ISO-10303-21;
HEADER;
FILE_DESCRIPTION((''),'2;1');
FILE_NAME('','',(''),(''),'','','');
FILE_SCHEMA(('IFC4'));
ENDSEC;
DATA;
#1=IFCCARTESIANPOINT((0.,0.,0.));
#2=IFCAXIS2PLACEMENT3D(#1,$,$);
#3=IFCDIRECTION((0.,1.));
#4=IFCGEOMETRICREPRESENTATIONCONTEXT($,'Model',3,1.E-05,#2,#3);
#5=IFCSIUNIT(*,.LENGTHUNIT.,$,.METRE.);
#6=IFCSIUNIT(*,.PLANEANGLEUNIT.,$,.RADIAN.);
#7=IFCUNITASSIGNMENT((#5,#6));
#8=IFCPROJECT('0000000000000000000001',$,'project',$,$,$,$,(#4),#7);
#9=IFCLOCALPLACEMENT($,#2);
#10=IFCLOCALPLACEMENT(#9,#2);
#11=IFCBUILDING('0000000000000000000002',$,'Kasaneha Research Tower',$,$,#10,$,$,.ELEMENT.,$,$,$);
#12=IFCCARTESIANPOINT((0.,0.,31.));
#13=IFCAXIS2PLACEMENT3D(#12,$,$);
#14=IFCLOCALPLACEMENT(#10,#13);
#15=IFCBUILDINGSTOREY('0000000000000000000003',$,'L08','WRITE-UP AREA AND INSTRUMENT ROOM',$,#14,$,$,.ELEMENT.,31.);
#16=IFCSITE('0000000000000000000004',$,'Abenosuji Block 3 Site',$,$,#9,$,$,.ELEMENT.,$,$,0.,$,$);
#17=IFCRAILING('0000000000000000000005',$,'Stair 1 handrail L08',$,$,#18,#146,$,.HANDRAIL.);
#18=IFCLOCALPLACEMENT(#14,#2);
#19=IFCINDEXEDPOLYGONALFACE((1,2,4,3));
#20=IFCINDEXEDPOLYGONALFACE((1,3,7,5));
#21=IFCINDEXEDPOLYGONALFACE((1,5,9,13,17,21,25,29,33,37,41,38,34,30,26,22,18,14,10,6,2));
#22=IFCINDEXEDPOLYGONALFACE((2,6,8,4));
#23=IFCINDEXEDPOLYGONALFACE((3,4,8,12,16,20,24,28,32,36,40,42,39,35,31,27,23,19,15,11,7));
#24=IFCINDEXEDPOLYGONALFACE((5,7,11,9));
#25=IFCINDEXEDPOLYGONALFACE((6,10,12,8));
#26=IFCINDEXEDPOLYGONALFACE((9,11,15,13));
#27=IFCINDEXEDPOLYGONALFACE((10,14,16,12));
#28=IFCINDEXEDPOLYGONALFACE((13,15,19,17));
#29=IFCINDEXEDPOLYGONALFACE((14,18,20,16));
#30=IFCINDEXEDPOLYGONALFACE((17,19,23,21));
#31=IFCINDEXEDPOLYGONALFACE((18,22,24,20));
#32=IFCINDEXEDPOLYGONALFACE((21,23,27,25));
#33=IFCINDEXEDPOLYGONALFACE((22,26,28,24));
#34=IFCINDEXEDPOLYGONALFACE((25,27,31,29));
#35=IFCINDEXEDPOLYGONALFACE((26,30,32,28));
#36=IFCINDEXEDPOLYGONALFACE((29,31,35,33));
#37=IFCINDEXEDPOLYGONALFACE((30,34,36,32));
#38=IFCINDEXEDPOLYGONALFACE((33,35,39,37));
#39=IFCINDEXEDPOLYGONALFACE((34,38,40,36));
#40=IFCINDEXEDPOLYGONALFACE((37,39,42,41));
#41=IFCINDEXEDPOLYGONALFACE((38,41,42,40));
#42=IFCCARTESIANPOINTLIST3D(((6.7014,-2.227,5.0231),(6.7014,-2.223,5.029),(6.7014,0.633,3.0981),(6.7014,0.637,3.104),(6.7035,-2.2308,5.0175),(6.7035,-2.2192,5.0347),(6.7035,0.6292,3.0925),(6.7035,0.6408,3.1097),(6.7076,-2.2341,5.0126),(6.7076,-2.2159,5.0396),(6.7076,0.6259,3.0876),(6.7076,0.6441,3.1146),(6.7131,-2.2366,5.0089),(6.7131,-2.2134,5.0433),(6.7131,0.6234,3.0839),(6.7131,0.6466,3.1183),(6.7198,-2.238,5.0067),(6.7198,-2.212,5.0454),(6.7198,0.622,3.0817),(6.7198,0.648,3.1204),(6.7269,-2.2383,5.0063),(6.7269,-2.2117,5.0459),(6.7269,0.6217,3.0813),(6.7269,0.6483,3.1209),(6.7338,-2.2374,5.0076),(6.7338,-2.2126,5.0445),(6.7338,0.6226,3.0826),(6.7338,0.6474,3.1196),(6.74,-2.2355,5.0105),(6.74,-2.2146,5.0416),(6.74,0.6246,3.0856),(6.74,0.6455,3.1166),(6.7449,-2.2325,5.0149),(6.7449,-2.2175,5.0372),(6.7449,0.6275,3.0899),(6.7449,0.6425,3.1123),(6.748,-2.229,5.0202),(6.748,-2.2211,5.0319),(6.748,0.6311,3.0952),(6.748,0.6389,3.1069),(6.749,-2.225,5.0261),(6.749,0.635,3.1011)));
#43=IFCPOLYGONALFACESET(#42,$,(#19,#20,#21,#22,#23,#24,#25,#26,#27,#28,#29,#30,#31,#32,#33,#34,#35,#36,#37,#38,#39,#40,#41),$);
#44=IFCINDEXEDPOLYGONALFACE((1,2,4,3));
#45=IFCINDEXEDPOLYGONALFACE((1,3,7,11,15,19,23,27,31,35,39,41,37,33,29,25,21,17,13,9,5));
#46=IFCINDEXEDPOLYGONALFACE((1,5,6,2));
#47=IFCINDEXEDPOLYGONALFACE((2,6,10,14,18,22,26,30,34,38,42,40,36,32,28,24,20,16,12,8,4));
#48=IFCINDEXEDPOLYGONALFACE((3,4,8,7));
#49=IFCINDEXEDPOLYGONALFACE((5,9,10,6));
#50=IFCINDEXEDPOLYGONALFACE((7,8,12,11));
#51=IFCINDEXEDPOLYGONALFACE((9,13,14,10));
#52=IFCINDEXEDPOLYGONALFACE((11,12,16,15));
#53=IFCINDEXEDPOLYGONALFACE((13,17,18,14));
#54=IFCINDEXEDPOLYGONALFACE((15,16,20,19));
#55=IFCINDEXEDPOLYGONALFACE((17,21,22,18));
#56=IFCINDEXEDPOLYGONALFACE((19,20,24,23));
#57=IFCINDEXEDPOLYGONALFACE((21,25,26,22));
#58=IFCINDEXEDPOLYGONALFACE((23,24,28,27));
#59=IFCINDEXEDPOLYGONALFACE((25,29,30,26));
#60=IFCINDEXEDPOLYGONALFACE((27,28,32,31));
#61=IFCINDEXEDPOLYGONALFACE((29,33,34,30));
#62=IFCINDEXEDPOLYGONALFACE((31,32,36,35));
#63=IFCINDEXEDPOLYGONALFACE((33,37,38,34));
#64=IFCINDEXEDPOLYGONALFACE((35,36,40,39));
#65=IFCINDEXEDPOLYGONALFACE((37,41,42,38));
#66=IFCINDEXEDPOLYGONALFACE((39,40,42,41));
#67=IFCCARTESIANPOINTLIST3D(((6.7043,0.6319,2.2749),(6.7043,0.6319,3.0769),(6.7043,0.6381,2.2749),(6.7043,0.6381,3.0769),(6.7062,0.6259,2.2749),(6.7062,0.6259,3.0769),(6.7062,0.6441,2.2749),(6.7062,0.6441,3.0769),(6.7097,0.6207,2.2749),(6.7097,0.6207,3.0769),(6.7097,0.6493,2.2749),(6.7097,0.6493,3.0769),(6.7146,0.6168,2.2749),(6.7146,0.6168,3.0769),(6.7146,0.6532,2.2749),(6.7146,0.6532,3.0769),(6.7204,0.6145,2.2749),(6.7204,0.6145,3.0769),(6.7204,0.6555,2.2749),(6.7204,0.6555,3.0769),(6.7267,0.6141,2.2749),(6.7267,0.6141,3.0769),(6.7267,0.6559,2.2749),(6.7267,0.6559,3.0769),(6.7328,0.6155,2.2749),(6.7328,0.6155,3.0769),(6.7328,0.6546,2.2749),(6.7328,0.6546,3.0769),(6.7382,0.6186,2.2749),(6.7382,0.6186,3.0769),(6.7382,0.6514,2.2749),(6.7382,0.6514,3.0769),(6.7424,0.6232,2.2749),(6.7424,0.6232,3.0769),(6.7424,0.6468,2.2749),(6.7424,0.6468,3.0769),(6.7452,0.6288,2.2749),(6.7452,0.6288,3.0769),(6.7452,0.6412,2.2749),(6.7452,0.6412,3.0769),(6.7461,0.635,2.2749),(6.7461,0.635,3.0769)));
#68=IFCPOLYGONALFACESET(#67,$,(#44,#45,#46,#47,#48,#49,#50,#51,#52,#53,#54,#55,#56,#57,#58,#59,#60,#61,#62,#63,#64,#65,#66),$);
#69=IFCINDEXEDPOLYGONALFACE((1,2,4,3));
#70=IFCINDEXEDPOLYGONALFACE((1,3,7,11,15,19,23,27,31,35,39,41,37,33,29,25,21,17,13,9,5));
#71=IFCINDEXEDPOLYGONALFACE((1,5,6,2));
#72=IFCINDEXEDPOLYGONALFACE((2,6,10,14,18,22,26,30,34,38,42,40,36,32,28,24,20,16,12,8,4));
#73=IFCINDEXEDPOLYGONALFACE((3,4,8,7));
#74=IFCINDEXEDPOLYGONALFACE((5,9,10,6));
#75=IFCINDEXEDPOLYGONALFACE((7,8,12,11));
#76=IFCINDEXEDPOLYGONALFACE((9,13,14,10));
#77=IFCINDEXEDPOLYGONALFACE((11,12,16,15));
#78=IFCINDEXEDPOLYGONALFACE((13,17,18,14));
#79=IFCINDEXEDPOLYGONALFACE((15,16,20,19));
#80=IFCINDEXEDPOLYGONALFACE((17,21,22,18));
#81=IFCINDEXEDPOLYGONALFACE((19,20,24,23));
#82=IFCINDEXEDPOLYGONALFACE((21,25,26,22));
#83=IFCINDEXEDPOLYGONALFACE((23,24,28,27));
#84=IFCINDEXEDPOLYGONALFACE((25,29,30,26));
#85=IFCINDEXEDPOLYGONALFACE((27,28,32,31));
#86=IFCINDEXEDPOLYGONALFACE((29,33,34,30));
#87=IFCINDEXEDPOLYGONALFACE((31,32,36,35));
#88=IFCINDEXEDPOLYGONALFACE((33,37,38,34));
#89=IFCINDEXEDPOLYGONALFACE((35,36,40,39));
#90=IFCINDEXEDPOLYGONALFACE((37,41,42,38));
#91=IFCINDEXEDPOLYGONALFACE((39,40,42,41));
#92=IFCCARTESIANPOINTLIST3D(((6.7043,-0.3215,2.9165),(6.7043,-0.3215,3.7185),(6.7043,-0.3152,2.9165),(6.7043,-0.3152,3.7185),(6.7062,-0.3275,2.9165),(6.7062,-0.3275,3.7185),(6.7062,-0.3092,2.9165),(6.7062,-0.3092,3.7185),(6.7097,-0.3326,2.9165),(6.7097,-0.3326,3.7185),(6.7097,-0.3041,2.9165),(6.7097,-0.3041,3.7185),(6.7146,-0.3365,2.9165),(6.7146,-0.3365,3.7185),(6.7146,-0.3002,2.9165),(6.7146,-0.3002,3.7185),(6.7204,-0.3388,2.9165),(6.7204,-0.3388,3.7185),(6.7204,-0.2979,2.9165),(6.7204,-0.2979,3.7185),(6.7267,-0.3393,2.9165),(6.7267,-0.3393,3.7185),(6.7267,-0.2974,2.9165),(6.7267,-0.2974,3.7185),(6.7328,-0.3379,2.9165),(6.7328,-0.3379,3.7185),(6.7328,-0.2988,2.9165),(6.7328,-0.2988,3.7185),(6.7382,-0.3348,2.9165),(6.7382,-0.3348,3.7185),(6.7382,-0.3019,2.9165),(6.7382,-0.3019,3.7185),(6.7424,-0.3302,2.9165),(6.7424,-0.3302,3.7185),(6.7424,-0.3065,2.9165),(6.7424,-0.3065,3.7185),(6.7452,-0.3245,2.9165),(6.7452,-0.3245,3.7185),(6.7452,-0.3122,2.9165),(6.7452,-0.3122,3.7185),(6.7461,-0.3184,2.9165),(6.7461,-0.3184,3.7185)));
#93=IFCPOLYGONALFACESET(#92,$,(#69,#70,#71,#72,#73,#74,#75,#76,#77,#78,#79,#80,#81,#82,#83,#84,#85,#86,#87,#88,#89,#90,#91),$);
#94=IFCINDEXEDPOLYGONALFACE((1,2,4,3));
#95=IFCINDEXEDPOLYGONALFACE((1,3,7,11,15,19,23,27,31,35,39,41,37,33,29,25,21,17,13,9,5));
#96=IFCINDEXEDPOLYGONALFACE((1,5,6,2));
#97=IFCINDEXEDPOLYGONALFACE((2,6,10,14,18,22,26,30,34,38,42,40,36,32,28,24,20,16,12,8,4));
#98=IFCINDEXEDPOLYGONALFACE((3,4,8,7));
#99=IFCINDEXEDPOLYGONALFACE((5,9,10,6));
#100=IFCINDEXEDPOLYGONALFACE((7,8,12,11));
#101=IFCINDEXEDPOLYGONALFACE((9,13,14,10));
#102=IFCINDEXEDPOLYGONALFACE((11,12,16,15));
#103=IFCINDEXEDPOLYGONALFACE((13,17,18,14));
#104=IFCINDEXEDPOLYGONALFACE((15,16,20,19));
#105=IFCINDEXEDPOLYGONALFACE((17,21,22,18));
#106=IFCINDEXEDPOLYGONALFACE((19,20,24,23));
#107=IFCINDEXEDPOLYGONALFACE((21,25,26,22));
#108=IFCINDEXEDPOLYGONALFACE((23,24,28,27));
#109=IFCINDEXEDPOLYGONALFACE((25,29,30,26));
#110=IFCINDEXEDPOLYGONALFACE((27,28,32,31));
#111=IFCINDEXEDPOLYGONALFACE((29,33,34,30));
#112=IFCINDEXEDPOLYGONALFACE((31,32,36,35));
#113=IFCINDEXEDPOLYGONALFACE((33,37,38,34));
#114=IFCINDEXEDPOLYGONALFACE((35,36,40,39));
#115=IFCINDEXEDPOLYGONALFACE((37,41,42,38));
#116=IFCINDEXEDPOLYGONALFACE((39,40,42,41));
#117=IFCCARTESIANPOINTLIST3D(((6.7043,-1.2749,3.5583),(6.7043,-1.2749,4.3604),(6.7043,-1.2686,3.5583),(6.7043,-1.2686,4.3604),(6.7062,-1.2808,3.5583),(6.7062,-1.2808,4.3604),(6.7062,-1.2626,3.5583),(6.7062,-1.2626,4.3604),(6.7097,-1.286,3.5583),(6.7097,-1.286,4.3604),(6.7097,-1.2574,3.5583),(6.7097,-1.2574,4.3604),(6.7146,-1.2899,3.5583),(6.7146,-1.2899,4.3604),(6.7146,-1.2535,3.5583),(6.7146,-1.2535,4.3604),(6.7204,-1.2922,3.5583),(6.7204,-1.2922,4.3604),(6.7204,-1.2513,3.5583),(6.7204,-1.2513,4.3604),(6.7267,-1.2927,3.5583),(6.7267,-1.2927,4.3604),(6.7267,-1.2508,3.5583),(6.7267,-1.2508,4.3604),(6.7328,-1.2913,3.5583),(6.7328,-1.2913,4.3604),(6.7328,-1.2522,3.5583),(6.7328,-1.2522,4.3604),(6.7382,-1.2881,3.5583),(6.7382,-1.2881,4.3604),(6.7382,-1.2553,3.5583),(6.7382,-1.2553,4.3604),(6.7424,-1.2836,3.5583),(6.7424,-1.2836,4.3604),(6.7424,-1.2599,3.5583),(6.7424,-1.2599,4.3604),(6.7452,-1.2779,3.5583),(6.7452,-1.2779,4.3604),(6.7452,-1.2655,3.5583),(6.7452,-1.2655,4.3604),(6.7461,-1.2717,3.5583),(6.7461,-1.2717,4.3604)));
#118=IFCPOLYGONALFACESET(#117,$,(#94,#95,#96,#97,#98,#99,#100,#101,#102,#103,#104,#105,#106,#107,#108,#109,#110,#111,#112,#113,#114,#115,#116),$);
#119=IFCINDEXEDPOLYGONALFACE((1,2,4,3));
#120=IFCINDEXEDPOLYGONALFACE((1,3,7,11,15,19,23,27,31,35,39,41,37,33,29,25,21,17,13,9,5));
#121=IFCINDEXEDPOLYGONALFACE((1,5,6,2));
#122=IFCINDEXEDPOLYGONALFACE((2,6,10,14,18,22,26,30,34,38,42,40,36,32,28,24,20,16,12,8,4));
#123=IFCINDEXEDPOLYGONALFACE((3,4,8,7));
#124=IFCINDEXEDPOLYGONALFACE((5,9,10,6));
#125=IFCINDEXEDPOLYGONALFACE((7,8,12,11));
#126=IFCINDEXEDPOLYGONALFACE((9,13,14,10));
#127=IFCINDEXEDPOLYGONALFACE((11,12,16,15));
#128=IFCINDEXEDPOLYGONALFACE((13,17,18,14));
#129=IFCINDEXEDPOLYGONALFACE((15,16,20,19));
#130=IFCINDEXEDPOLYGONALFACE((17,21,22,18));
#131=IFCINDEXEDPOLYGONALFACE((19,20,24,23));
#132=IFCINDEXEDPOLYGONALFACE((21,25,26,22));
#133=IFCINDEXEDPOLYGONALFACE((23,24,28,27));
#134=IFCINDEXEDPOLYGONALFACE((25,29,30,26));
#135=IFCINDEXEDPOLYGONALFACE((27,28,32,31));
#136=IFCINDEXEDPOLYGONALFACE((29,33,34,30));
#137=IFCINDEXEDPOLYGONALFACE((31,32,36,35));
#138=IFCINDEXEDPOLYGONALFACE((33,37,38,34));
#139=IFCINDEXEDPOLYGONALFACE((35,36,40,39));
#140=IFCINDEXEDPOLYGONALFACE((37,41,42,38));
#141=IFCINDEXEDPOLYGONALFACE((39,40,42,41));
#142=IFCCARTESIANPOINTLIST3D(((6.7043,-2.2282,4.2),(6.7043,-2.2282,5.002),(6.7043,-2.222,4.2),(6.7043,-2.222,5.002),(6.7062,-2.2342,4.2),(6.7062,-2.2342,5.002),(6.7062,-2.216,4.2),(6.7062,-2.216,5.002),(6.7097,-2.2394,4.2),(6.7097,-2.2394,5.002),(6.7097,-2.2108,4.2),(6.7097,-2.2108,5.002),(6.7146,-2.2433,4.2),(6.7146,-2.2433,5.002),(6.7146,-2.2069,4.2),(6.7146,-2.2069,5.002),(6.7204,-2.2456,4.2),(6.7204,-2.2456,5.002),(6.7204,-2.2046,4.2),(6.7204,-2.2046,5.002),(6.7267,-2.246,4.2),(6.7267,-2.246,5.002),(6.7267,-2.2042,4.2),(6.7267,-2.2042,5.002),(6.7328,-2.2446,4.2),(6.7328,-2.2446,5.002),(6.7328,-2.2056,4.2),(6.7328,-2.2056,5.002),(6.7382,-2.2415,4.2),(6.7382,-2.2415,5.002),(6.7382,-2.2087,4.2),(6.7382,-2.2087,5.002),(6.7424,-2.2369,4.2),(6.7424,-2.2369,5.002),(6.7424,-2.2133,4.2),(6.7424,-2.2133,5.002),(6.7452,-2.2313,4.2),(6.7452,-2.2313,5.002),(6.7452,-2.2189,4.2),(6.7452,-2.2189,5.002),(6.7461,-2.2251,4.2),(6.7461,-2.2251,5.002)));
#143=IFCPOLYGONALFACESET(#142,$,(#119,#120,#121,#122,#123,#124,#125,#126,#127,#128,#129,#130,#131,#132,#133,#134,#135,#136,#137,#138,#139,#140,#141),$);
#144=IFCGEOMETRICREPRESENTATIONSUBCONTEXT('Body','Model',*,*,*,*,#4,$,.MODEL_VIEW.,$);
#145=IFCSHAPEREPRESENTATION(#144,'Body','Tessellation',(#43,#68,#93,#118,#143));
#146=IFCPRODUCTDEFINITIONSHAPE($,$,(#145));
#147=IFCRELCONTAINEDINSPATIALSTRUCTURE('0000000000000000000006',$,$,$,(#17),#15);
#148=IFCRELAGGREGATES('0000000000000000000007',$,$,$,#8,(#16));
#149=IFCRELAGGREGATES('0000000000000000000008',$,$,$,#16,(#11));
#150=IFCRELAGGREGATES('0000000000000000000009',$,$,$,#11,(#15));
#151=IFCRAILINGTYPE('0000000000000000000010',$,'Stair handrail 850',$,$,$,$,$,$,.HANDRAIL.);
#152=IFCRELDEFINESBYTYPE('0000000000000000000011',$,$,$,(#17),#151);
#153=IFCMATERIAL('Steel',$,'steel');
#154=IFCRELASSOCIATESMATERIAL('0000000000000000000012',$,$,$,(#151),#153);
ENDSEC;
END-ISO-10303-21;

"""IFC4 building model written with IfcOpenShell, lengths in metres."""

from ifc_helpers import new_model, si_unit, direction, frame, origin, origin_2d, place, context, subcontext, project, spatial, circle, extrude, material, type_object, element, save


model = new_model("IFC4")

# Units and contexts
model_context = context("Model", 3, precision=1e-05, world=origin(), true_north=direction((0.0, 1.0)))
body_context = subcontext(model_context, "Body", "Model", "MODEL_VIEW")
ifc_project = project(units=[si_unit("LENGTHUNIT", "METRE"), si_unit("PLANEANGLEUNIT", "RADIAN")], contexts=[model_context])

# Site, building, storey
site_placement = place(None, origin())
site = spatial("IfcSite", under=ifc_project, at=site_placement, Name="Abenosuji Block 3 Site", CompositionType="ELEMENT", RefElevation=0.0)
building_placement = place(site_placement, origin())
building = spatial("IfcBuilding", under=site, at=building_placement, Name="Kasaneha Research Tower", CompositionType="ELEMENT")
storey_placement = place(building_placement, frame((0.0, 0.0, 31.0)))
storey = spatial("IfcBuildingStorey", under=building, at=storey_placement, Name="L08", Description="WRITE-UP AREA AND INSTRUMENT ROOM", CompositionType="ELEMENT", Elevation=31.0)

# Railing
ifc_material_1 = material(Name="Steel", Category="steel")
railing_type_1 = type_object("IfcRailingType", Name="Stair handrail 850", PredefinedType="HANDRAIL", material=ifc_material_1)
railing_1_placement = place(storey_placement, frame((6.7251, 0.635, 2.2749)))
element("IfcRailing", 1, at=railing_1_placement, inside=storey, type_object=railing_type_1, Name="Stair 1 handrail L08", PredefinedType="HANDRAIL", context=body_context, shape_type="SweptSolid", body=[
    extrude(circle(Radius=0.0239, at=origin_2d()), frame((0.0, 0.0, 0.8262), z_axis=(0.0, -0.829591, 0.558372), x_axis=(1.0, 0.0, 0.0)), (0.0, 0.0, 1.0), 3.4475),
    extrude(circle(Radius=0.021, at=origin_2d()), origin(), (0.0, 0.0, 1.0), 0.802),
    extrude(circle(Radius=0.021, at=origin_2d()), frame((0.0, -0.9534, 0.6416)), (0.0, 0.0, 1.0), 0.802),
    extrude(circle(Radius=0.021, at=origin_2d()), frame((0.0, -1.9067, 1.2834)), (0.0, 0.0, 1.0), 0.802),
    extrude(circle(Radius=0.021, at=origin_2d()), frame((0.0, -2.8601, 1.925)), (0.0, 0.0, 1.0), 0.802),
])

save(model, "model.ifc")
